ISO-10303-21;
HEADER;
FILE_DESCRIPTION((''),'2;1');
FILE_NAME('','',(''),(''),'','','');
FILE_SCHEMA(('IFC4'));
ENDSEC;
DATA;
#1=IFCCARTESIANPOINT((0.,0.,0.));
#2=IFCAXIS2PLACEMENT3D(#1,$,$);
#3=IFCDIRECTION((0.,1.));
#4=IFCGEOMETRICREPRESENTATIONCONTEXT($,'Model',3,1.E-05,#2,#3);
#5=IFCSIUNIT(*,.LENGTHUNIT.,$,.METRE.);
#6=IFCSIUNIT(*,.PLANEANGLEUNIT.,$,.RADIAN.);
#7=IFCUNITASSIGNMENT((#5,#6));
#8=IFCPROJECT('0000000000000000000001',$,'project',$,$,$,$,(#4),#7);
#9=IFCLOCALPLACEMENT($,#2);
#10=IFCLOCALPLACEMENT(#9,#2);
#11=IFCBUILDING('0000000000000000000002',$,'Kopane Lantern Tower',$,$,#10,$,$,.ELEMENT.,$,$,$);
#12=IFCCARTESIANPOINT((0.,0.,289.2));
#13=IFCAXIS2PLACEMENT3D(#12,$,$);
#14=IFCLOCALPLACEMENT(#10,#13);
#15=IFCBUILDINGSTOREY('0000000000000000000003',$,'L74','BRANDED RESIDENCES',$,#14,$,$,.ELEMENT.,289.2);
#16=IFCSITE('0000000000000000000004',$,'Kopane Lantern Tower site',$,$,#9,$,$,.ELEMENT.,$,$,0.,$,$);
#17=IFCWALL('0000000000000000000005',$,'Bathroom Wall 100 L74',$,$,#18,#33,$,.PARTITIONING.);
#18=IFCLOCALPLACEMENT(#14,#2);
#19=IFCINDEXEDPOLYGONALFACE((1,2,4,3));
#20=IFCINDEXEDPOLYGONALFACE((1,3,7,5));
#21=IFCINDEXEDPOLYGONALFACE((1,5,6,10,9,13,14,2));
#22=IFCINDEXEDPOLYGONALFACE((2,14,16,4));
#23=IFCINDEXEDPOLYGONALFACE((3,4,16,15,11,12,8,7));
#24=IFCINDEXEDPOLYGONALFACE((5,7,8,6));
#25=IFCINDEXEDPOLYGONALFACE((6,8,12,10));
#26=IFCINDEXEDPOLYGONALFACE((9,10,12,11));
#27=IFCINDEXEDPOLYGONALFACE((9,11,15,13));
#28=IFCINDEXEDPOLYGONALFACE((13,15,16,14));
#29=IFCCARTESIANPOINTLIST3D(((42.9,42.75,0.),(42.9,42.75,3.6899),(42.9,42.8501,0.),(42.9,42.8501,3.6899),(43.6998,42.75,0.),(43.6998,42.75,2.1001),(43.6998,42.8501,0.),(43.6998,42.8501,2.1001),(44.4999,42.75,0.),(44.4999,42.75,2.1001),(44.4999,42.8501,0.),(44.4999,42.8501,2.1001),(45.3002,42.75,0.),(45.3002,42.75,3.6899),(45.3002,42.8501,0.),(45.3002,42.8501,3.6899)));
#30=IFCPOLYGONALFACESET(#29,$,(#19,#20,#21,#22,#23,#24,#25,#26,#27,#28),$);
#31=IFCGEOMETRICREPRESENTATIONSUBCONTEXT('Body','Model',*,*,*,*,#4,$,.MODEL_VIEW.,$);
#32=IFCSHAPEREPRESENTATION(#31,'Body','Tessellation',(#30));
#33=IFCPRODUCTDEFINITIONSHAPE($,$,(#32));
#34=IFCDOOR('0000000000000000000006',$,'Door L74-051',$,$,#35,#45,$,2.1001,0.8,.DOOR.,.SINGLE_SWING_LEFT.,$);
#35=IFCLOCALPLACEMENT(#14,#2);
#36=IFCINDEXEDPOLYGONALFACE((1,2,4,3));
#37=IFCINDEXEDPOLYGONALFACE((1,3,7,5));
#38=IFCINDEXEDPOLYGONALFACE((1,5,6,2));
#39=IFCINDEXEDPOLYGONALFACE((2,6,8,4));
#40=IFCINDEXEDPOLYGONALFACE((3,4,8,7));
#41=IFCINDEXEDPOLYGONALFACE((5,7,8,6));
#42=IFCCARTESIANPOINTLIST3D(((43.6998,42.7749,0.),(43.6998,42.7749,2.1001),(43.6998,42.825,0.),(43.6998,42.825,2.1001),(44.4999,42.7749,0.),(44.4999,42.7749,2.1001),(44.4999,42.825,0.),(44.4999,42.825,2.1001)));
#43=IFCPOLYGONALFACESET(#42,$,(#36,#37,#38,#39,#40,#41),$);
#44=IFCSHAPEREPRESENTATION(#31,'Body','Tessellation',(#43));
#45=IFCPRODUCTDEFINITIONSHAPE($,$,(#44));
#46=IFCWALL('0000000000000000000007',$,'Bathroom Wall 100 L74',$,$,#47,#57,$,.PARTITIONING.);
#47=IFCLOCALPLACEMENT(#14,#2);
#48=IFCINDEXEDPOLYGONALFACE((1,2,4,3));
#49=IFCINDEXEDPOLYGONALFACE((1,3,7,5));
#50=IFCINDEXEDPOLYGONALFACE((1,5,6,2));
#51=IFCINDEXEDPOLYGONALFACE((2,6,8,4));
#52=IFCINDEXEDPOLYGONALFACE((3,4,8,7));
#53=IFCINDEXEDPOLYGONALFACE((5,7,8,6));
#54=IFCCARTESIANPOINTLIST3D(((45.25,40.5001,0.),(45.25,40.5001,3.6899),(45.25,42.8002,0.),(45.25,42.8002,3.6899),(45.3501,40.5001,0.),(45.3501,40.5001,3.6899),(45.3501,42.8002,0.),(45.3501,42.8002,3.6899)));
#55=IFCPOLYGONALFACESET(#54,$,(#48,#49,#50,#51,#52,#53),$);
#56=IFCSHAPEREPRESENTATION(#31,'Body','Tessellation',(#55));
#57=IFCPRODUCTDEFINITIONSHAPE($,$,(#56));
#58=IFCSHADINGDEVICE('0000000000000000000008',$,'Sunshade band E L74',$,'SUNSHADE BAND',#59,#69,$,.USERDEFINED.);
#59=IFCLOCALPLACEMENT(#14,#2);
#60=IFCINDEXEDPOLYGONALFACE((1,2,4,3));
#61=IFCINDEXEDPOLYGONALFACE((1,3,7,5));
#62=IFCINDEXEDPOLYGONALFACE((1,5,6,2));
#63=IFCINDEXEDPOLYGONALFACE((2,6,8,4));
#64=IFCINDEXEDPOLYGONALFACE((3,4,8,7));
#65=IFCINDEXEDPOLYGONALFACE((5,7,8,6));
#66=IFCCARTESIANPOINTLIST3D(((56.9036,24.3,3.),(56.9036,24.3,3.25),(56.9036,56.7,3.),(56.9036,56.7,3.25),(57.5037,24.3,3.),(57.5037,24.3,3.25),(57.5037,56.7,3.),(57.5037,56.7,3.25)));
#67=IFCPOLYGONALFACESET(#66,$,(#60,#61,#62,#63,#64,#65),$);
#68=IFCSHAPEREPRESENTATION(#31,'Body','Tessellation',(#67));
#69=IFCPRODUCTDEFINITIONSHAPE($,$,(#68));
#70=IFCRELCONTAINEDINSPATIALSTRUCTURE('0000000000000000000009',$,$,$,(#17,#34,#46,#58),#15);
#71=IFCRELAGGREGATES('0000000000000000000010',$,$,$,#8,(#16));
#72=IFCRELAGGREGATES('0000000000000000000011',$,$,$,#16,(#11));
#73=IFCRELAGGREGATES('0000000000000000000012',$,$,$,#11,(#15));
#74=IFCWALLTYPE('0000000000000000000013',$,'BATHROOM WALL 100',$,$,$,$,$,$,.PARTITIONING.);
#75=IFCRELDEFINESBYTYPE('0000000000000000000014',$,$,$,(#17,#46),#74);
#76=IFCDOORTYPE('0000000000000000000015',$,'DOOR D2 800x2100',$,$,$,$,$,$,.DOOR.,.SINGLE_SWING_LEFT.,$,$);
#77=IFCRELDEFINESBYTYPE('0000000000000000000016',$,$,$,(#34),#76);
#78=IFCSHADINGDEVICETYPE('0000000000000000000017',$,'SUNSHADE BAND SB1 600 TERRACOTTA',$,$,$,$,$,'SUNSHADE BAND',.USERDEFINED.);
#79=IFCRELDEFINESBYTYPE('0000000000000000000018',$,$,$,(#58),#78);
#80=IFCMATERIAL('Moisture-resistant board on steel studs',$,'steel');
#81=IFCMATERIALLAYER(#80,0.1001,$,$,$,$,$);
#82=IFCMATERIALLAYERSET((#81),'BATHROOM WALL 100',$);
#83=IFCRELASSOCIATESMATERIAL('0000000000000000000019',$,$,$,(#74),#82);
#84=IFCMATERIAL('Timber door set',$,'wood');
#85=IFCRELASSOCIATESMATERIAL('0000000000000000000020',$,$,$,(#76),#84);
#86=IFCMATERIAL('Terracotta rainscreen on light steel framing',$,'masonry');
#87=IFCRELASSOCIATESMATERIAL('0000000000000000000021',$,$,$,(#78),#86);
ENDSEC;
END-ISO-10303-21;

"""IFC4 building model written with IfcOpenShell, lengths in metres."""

from ifc_helpers import new_model, si_unit, direction, frame, frame_2d, origin, origin_2d, place, context, subcontext, project, spatial, rectangle, extrude, material, layer, layer_set, type_object, element, fill, save


model = new_model("IFC4")

# Units and contexts
model_context = context("Model", 3, precision=1e-05, world=origin(), true_north=direction((0.0, 1.0)))
body_context = subcontext(model_context, "Body", "Model", "MODEL_VIEW")
ifc_project = project(units=[si_unit("LENGTHUNIT", "METRE"), si_unit("PLANEANGLEUNIT", "RADIAN")], contexts=[model_context])

# Site, building, storey
site_placement = place(None, origin())
site = spatial("IfcSite", under=ifc_project, at=site_placement, Name="Kopane Lantern Tower site", CompositionType="ELEMENT", RefElevation=0.0)
building_placement = place(site_placement, origin())
building = spatial("IfcBuilding", under=site, at=building_placement, Name="Kopane Lantern Tower", CompositionType="ELEMENT")
storey_placement = place(building_placement, frame((0.0, 0.0, 289.2)))
storey = spatial("IfcBuildingStorey", under=building, at=storey_placement, Name="L74", Description="BRANDED RESIDENCES", CompositionType="ELEMENT", Elevation=289.2)

# Wall, opening, door
ifc_material_1 = material(Name="Moisture-resistant board on steel studs", Category="steel")
ifc_layer_1 = layer(ifc_material_1, 0.1001)
ifc_layer_set_1 = layer_set([ifc_layer_1], Name="BATHROOM WALL 100")
wall_type_1 = type_object("IfcWallType", Name="BATHROOM WALL 100", PredefinedType="PARTITIONING", material=ifc_layer_set_1)
wall_1_placement = place(storey_placement, frame((42.8999, 42.8, 0.0), z_axis=(0.0, 0.0, 1.0), x_axis=(1.0, 0.0, 0.0)))
wall_1 = element("IfcWall", 1, at=wall_1_placement, inside=storey, type_object=wall_type_1, Name="Bathroom Wall 100 L74", PredefinedType="PARTITIONING", context=body_context, shape_type="SweptSolid", body=[
    extrude(rectangle(XDim=2.4001, YDim=0.1001, at=frame_2d((1.2002, 0.0))), origin(), (0.0, 0.0, 1.0), 3.6899),
])
opening_1_placement = place(wall_1_placement, frame((0.8, 0.0, 0.0)))
opening_1 = element("IfcOpeningElement", 2, at=opening_1_placement, cuts=wall_1, PredefinedType="OPENING", context=body_context, shape_type="SweptSolid", body=[
    extrude(rectangle(XDim=0.8, YDim=2.1001, at=frame_2d((0.3999, 1.05))), frame((0.0, 0.0601, 0.0), z_axis=(0.0, -1.0, 0.0), x_axis=(1.0, 0.0, 0.0)), (0.0, 0.0, 1.0), 0.1201),
])
ifc_material_2 = material(Name="Timber door set", Category="wood")
door_type_1 = type_object("IfcDoorType", Name="DOOR D2 800x2100", OperationType="SINGLE_SWING_LEFT", PredefinedType="DOOR", material=ifc_material_2)
door_1_placement = place(opening_1_placement, origin())
door_1 = element("IfcDoor", 3, at=door_1_placement, inside=storey, type_object=door_type_1, Name="Door L74-051", OperationType="SINGLE_SWING_LEFT", OverallHeight=2.1001, OverallWidth=0.8, PredefinedType="DOOR", context=body_context, shape_type="SweptSolid", body=[
    extrude(rectangle(XDim=0.8, YDim=2.1001, at=frame_2d((0.3999, 1.05))), frame((0.0, 0.0249, 0.0), z_axis=(0.0, -1.0, 0.0), x_axis=(1.0, 0.0, 0.0)), (0.0, 0.0, 1.0), 0.05),
])
fill(opening_1, door_1)

# Wall
wall_2_placement = place(storey_placement, frame((45.3, 42.8, 0.0), z_axis=(0.0, 0.0, 1.0), x_axis=(0.0, -1.0, 0.0)))
element("IfcWall", 4, at=wall_2_placement, inside=storey, type_object=wall_type_1, Name="Bathroom Wall 100 L74", PredefinedType="PARTITIONING", context=body_context, shape_type="SweptSolid", body=[
    extrude(rectangle(XDim=2.3, YDim=0.1001, at=frame_2d((1.1499, 0.0))), origin(), (0.0, 0.0, 1.0), 3.6899),
])

# Shading device
ifc_material_3 = material(Name="Terracotta rainscreen on light steel framing", Category="masonry")
shading_device_type = type_object("IfcShadingDeviceType", Name="SUNSHADE BAND SB1 600 TERRACOTTA", ElementType="SUNSHADE BAND", PredefinedType="USERDEFINED", material=ifc_material_3)
shading_device_placement = place(storey_placement, frame((57.2036, 40.5, 3.0), z_axis=(0.0, 0.0, 1.0), x_axis=(0.0, 1.0, 0.0)))
element("IfcShadingDevice", 5, at=shading_device_placement, inside=storey, type_object=shading_device_type, Name="Sunshade band E L74", ObjectType="SUNSHADE BAND", PredefinedType="USERDEFINED", context=body_context, shape_type="SweptSolid", body=[
    extrude(rectangle(XDim=32.3999, YDim=0.6001, at=origin_2d()), origin(), (0.0, 0.0, 1.0), 0.25),
])

save(model, "model.ifc")
